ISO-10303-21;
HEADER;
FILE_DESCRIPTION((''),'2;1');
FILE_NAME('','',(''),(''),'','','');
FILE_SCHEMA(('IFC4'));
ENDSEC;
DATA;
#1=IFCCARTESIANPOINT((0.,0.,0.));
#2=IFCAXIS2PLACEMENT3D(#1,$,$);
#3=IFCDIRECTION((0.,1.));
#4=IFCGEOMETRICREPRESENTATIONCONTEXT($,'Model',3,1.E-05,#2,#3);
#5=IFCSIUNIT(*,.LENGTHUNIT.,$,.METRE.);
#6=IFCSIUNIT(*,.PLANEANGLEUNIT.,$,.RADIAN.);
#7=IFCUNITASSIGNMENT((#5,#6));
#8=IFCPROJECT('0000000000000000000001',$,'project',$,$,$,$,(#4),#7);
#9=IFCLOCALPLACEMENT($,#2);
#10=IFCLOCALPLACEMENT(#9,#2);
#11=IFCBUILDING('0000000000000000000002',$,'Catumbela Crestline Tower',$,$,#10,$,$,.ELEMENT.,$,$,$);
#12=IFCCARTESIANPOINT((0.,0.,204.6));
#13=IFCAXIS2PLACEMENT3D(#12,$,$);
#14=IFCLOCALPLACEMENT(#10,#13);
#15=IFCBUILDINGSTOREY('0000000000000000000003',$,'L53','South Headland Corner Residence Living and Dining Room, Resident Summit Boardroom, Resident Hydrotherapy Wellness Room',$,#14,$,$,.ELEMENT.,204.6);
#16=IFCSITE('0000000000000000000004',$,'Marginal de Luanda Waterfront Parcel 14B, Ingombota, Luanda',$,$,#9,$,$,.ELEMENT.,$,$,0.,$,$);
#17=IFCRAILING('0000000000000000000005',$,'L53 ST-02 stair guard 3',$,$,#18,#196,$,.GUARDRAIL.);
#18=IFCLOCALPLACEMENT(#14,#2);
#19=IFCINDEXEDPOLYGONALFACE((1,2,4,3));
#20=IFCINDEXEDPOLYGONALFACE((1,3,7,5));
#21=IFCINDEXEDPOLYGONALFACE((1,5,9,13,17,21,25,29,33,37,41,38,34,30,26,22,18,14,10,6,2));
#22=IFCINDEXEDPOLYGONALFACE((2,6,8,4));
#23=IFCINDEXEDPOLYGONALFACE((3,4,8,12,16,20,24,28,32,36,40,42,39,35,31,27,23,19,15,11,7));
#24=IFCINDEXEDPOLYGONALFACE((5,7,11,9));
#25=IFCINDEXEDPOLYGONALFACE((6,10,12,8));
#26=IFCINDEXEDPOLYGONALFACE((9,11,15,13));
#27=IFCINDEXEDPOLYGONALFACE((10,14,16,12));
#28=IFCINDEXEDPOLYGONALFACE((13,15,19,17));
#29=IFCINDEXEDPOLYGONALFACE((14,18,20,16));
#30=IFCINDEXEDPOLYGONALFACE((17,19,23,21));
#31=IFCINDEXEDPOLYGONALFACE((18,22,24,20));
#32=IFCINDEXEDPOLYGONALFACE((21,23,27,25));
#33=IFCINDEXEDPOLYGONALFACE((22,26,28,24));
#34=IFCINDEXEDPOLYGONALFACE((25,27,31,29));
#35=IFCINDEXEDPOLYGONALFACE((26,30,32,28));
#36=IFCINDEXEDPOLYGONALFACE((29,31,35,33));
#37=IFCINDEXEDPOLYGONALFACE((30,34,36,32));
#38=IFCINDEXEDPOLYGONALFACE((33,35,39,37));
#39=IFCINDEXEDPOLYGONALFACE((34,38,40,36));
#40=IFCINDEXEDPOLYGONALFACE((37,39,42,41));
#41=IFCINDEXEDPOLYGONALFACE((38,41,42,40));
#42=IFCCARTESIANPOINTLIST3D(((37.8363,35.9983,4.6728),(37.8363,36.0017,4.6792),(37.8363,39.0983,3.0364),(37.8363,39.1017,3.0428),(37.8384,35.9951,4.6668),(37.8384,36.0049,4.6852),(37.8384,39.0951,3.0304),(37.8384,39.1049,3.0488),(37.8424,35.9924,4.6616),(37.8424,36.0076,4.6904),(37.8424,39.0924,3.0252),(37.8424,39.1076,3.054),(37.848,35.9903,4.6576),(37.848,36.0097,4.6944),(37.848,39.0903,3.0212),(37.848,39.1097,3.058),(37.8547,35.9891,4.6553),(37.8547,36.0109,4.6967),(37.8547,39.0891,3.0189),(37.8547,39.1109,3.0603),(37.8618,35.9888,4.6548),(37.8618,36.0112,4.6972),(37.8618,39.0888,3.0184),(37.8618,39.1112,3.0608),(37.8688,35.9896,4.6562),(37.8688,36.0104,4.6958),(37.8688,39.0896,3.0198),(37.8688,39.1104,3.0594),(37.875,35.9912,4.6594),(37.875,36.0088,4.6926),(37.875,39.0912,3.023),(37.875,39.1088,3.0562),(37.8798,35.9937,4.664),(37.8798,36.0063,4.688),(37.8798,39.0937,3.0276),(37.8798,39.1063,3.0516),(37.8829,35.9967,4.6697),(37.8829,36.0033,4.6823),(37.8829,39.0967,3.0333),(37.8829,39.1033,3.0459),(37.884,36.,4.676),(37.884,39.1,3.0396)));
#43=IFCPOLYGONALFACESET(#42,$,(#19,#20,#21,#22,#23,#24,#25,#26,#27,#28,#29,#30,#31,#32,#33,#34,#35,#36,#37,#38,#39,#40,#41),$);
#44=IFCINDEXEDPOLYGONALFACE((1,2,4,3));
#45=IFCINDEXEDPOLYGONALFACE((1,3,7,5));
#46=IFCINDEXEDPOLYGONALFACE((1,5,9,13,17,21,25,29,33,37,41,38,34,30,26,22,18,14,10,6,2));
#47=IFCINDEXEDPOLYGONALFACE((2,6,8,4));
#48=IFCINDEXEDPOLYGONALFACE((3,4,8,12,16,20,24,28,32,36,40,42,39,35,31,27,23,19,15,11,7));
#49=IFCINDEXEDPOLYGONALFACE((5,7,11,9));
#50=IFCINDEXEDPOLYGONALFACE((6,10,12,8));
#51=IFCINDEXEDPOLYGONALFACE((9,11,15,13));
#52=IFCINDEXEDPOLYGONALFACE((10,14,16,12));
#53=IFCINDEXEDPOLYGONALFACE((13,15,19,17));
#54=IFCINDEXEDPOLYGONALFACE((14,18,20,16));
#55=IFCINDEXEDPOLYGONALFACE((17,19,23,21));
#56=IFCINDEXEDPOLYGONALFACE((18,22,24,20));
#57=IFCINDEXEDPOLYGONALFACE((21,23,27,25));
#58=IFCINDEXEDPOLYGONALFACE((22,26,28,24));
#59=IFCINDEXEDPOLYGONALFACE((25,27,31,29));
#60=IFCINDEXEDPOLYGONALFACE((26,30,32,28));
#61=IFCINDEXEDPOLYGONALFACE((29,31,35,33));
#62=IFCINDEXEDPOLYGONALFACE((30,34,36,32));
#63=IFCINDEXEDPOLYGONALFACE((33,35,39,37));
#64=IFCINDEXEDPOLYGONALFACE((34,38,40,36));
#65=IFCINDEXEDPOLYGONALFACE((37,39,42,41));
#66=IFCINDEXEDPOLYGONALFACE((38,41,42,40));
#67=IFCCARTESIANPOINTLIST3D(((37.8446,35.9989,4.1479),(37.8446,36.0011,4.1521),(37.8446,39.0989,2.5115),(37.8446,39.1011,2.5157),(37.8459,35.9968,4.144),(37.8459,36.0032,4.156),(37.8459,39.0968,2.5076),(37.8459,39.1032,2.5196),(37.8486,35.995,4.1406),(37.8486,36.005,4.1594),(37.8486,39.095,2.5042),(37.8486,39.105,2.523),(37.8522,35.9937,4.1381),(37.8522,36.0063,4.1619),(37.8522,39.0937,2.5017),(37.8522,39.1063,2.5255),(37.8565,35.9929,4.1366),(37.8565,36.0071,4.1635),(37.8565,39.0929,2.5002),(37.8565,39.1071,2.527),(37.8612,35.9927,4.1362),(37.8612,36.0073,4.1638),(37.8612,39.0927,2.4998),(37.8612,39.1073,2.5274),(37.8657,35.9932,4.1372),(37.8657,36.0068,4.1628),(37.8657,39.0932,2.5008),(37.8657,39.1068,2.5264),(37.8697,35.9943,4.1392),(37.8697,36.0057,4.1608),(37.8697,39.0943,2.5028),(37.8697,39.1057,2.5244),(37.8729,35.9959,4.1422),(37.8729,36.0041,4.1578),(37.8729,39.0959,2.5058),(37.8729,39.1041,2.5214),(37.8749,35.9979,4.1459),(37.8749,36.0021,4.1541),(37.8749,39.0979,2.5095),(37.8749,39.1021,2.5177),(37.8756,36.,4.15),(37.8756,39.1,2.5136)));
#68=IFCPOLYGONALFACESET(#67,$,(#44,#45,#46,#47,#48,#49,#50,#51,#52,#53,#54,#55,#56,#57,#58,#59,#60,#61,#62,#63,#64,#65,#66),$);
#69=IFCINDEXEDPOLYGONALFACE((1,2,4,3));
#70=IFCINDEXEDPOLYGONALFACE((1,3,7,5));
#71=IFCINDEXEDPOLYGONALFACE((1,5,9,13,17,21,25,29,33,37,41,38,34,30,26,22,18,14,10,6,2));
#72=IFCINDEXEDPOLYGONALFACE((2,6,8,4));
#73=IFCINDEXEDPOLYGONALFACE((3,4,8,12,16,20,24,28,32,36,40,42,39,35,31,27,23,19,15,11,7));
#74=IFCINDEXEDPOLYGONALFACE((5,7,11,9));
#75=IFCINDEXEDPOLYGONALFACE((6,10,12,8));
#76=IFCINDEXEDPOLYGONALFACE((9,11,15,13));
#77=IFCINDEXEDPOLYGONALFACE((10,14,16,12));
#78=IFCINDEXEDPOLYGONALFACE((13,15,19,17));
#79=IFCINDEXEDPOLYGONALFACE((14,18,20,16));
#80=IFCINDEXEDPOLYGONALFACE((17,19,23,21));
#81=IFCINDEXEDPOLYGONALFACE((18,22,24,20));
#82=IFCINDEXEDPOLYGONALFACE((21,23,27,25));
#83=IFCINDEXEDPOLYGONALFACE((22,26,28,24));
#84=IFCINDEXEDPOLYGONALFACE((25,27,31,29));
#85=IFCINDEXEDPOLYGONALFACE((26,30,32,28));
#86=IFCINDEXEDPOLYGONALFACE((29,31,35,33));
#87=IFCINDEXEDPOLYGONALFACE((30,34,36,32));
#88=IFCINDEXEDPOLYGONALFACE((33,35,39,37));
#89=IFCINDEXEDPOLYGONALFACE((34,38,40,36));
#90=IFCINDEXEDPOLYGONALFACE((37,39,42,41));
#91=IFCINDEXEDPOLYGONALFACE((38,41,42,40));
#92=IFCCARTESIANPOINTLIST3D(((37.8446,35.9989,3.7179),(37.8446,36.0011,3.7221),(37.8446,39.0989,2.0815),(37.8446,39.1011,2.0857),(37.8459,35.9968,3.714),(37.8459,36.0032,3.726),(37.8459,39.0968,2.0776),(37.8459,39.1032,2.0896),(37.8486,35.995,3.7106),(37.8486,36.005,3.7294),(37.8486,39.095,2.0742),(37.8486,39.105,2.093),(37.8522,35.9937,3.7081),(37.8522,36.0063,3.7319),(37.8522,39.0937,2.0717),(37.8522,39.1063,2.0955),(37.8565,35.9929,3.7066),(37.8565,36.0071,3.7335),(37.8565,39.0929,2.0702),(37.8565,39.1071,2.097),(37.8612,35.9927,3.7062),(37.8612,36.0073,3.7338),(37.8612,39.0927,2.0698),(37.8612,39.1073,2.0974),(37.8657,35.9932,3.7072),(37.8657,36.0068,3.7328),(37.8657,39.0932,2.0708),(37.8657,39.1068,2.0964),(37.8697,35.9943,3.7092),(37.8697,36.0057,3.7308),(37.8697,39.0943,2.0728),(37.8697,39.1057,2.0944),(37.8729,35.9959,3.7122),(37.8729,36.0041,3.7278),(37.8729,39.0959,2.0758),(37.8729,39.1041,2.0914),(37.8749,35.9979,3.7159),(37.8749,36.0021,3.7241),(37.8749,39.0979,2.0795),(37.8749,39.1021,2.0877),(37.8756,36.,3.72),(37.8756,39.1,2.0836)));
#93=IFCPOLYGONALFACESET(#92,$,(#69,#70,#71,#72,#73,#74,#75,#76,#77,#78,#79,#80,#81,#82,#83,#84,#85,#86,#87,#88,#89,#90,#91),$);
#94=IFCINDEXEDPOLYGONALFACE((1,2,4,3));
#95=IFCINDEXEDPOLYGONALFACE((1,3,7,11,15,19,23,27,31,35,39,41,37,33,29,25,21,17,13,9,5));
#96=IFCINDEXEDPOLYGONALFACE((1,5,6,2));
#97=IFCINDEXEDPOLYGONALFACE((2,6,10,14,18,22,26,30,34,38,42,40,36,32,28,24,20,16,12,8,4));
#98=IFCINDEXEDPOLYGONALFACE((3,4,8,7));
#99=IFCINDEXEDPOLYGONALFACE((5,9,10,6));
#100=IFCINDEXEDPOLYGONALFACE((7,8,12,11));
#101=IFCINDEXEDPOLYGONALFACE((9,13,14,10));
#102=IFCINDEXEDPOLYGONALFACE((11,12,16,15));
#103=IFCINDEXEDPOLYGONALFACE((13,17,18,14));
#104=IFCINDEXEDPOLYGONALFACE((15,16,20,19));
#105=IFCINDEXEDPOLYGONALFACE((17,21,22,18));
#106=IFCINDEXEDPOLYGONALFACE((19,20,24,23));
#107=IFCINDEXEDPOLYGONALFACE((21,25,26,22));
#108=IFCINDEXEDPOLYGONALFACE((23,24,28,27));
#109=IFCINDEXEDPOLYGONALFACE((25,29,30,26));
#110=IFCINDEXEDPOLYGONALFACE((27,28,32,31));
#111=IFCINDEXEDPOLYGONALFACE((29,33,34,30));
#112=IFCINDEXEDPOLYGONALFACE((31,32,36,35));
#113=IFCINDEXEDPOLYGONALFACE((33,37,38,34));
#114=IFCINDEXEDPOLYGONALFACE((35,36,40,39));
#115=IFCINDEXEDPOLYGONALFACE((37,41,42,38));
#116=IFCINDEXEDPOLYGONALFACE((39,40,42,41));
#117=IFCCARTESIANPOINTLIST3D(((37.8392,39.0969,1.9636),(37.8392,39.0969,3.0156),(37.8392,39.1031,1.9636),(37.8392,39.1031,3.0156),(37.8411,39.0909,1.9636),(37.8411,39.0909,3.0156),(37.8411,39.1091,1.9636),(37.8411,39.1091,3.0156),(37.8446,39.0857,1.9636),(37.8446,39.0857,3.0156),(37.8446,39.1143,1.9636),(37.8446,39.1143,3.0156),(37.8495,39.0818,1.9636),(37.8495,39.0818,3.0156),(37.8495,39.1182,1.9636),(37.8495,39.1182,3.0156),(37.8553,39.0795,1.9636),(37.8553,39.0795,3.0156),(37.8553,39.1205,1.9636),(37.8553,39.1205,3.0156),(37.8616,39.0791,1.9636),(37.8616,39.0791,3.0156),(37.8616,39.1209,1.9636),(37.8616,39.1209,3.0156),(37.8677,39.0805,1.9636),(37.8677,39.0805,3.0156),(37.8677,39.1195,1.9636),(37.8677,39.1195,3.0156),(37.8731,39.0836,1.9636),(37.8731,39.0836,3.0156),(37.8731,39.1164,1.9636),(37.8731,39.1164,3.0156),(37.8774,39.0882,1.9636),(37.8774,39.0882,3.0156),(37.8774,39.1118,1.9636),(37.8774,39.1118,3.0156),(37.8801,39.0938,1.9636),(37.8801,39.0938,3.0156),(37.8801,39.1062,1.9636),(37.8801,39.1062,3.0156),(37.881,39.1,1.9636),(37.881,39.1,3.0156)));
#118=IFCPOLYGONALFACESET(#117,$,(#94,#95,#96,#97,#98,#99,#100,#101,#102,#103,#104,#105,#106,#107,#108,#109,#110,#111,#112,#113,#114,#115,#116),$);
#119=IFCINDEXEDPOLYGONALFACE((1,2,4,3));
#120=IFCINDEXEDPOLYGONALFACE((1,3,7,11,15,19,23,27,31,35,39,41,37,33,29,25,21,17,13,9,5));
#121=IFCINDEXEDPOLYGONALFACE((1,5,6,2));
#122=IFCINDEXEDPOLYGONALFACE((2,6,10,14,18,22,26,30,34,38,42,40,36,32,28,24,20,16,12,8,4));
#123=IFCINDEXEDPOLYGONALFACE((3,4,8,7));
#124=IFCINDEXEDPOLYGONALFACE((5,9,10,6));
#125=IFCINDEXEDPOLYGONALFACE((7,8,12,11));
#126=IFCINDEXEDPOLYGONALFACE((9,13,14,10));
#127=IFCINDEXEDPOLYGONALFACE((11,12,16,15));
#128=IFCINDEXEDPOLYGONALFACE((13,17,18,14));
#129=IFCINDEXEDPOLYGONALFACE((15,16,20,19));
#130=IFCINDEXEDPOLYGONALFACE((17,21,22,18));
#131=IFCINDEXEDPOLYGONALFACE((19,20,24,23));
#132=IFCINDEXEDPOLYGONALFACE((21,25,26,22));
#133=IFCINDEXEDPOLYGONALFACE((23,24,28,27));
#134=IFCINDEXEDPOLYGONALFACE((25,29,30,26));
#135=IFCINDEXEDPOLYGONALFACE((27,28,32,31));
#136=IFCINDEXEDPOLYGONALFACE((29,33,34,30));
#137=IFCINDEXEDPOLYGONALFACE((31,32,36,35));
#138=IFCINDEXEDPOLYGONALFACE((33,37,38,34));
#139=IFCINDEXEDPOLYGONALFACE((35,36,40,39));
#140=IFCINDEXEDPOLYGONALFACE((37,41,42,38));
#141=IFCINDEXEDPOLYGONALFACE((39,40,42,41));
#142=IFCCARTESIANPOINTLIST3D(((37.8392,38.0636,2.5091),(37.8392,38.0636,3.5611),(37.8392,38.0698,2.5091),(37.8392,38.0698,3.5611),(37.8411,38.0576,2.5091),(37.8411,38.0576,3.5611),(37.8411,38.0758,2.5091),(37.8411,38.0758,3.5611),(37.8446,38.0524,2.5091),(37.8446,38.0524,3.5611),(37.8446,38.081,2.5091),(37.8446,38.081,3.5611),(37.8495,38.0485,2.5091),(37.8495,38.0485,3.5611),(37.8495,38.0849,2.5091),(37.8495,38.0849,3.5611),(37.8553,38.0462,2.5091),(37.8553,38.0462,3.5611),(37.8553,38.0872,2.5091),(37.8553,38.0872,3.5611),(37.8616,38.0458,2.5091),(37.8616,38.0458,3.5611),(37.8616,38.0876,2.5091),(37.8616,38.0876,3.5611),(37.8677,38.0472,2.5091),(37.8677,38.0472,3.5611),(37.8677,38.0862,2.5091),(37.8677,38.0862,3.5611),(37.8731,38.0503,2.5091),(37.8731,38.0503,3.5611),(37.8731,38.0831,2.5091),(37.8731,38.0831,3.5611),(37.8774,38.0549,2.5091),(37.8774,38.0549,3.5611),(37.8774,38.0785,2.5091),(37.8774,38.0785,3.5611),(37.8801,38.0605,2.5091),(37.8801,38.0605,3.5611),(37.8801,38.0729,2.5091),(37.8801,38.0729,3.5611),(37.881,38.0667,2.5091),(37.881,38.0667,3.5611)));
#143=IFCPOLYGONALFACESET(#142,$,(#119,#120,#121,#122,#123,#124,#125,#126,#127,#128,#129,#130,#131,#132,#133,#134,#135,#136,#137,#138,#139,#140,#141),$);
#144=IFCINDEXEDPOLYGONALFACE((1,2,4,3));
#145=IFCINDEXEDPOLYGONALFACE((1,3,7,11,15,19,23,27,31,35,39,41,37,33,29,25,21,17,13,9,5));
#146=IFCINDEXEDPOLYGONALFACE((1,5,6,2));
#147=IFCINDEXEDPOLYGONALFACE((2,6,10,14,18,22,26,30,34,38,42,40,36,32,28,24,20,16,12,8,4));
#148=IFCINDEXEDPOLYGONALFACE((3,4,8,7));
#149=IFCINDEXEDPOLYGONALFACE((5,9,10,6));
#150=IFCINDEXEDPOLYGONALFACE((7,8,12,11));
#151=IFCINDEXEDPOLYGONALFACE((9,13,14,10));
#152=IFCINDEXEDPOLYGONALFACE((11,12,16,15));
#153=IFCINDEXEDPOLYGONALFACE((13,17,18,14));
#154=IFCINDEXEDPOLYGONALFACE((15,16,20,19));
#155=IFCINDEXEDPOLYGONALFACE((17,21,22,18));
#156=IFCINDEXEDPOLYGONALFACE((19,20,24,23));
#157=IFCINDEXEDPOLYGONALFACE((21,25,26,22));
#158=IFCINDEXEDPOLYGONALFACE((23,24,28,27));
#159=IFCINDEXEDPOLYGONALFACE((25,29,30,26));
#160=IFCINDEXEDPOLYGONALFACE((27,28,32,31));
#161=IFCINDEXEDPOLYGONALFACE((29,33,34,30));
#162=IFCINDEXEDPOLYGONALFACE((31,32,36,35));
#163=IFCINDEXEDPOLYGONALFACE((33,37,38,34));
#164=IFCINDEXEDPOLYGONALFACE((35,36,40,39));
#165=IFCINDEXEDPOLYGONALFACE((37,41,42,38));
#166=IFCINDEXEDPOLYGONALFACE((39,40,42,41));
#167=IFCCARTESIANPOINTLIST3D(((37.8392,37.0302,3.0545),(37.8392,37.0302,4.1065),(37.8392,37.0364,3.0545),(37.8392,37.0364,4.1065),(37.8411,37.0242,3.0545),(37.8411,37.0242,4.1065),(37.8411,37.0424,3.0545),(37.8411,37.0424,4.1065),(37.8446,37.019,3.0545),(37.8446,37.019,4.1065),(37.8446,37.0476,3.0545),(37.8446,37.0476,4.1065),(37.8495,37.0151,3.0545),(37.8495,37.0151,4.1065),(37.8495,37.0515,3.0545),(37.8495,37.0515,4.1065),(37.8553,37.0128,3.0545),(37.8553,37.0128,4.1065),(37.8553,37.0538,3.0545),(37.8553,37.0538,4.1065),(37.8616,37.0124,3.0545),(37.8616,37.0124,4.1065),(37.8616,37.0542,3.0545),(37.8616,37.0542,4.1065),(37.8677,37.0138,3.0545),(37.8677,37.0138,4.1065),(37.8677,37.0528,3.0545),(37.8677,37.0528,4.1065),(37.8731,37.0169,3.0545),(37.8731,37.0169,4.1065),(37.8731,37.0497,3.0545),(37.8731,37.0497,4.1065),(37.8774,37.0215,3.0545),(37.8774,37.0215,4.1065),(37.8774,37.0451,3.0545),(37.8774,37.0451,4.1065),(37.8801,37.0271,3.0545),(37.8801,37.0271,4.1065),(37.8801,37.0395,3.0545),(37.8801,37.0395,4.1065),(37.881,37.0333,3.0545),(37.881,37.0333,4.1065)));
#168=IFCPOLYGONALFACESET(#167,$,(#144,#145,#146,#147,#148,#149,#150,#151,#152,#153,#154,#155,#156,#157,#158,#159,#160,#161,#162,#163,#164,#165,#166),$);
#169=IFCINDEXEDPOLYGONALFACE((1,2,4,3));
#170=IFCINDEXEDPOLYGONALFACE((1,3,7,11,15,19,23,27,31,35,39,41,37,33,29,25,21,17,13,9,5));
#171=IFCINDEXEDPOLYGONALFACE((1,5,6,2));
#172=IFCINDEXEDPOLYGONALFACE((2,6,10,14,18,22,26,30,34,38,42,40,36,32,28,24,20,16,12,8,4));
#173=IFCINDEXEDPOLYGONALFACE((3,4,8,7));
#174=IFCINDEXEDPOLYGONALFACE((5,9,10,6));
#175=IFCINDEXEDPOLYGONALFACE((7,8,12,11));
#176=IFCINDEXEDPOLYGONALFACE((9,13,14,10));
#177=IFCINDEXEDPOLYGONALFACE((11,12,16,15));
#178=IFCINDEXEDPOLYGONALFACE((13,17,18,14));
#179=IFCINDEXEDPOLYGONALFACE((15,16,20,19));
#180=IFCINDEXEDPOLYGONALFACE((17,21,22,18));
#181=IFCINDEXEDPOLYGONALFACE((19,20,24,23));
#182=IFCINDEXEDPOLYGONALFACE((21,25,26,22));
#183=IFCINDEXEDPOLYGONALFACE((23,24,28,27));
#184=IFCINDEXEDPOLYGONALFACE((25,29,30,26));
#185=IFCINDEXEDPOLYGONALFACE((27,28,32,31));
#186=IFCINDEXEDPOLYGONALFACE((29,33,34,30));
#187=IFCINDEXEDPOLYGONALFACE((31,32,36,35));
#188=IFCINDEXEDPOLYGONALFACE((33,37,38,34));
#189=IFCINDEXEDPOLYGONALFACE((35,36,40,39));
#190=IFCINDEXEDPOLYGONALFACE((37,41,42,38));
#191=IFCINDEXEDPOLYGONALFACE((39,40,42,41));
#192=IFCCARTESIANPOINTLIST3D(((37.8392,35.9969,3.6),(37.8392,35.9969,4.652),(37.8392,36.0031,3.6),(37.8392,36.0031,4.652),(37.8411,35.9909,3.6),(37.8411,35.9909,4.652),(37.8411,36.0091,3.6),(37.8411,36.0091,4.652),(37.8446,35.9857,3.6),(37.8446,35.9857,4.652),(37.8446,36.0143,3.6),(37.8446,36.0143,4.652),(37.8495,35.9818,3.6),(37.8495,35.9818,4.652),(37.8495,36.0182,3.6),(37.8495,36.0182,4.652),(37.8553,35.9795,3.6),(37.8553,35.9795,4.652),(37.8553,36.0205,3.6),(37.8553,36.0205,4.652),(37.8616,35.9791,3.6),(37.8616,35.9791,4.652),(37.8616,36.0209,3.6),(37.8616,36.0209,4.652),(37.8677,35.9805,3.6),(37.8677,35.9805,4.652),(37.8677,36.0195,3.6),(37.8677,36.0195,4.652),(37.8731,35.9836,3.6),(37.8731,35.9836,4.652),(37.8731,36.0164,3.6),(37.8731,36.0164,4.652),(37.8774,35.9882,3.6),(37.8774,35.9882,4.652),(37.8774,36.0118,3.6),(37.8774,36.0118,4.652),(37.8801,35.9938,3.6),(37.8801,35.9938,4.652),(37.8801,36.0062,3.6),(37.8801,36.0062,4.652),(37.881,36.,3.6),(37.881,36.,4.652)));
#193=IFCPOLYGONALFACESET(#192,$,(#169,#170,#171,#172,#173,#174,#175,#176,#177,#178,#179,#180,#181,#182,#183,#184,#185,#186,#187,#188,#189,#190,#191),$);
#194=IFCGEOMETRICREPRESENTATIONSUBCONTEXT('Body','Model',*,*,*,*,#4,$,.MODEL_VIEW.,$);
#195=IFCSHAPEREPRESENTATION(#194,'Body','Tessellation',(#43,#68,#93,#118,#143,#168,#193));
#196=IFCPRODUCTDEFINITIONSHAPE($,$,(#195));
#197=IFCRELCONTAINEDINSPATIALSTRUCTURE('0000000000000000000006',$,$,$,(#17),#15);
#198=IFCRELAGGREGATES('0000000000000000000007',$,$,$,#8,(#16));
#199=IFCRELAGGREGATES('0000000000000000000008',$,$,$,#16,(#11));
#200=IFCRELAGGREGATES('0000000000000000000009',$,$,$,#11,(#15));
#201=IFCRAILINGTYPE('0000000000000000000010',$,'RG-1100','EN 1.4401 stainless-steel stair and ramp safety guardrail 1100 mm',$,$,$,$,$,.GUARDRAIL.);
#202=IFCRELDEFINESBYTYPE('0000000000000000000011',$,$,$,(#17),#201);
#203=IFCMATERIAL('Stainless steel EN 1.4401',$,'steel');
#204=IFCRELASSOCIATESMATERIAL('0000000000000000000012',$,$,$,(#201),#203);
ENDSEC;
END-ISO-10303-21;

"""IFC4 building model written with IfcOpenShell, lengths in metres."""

from ifc_helpers import new_model, si_unit, direction, frame, origin, origin_2d, place, context, subcontext, project, spatial, circle, extrude, material, type_object, element, save


model = new_model("IFC4")

# Units and contexts
model_context = context("Model", 3, precision=1e-05, world=origin(), true_north=direction((0.0, 1.0)))
body_context = subcontext(model_context, "Body", "Model", "MODEL_VIEW")
ifc_project = project(units=[si_unit("LENGTHUNIT", "METRE"), si_unit("PLANEANGLEUNIT", "RADIAN")], contexts=[model_context])

# Site, building, storey
site_placement = place(None, origin())
site = spatial("IfcSite", under=ifc_project, at=site_placement, Name="Marginal de Luanda Waterfront Parcel 14B, Ingombota, Luanda", CompositionType="ELEMENT", RefElevation=0.0)
building_placement = place(site_placement, origin())
building = spatial("IfcBuilding", under=site, at=building_placement, Name="Catumbela Crestline Tower", CompositionType="ELEMENT")
storey_placement = place(building_placement, frame((0.0, 0.0, 204.6)))
storey = spatial("IfcBuildingStorey", under=building, at=storey_placement, Name="L53", Description="South Headland Corner Residence Living and Dining Room, Resident Summit Boardroom, Resident Hydrotherapy Wellness Room", CompositionType="ELEMENT", Elevation=204.6)

# Shared definitions
ifc_material_1 = material(Name="Stainless steel EN 1.4401", Category="steel")

# Railing
railing_type_1 = type_object("IfcRailingType", Name="RG-1100", Description="EN 1.4401 stainless-steel stair and ramp safety guardrail 1100 mm", PredefinedType="GUARDRAIL", material=ifc_material_1)
railing_1_placement = place(storey_placement, frame((37.86, 39.1, 1.9636)))
element("IfcRailing", 1, at=railing_1_placement, inside=storey, type_object=railing_type_1, Name="L53 ST-02 stair guard 3", PredefinedType="GUARDRAIL", context=body_context, shape_type="SweptSolid", body=[
    extrude(circle(Radius=0.024, at=origin_2d()), frame((0.0, 0.0, 1.076), z_axis=(0.0, -0.884351, 0.466823), x_axis=(1.0, 0.0, 0.0)), (0.0, 0.0, 1.0), 3.5054),
    extrude(circle(Radius=0.0156, at=origin_2d()), frame((0.0, 0.0, 0.55), z_axis=(0.0, -0.884351, 0.466823), x_axis=(1.0, 0.0, 0.0)), (0.0, 0.0, 1.0), 3.5054),
    extrude(circle(Radius=0.0156, at=origin_2d()), frame((0.0, 0.0, 0.12), z_axis=(0.0, -0.884351, 0.466823), x_axis=(1.0, 0.0, 0.0)), (0.0, 0.0, 1.0), 3.5054),
    extrude(circle(Radius=0.021, at=origin_2d()), origin(), (0.0, 0.0, 1.0), 1.052),
    extrude(circle(Radius=0.021, at=origin_2d()), frame((0.0, -1.0333, 0.5455)), (0.0, 0.0, 1.0), 1.052),
    extrude(circle(Radius=0.021, at=origin_2d()), frame((0.0, -2.0667, 1.0909)), (0.0, 0.0, 1.0), 1.052),
    extrude(circle(Radius=0.021, at=origin_2d()), frame((0.0, -3.1, 1.6364)), (0.0, 0.0, 1.0), 1.052),
])

save(model, "model.ifc")
